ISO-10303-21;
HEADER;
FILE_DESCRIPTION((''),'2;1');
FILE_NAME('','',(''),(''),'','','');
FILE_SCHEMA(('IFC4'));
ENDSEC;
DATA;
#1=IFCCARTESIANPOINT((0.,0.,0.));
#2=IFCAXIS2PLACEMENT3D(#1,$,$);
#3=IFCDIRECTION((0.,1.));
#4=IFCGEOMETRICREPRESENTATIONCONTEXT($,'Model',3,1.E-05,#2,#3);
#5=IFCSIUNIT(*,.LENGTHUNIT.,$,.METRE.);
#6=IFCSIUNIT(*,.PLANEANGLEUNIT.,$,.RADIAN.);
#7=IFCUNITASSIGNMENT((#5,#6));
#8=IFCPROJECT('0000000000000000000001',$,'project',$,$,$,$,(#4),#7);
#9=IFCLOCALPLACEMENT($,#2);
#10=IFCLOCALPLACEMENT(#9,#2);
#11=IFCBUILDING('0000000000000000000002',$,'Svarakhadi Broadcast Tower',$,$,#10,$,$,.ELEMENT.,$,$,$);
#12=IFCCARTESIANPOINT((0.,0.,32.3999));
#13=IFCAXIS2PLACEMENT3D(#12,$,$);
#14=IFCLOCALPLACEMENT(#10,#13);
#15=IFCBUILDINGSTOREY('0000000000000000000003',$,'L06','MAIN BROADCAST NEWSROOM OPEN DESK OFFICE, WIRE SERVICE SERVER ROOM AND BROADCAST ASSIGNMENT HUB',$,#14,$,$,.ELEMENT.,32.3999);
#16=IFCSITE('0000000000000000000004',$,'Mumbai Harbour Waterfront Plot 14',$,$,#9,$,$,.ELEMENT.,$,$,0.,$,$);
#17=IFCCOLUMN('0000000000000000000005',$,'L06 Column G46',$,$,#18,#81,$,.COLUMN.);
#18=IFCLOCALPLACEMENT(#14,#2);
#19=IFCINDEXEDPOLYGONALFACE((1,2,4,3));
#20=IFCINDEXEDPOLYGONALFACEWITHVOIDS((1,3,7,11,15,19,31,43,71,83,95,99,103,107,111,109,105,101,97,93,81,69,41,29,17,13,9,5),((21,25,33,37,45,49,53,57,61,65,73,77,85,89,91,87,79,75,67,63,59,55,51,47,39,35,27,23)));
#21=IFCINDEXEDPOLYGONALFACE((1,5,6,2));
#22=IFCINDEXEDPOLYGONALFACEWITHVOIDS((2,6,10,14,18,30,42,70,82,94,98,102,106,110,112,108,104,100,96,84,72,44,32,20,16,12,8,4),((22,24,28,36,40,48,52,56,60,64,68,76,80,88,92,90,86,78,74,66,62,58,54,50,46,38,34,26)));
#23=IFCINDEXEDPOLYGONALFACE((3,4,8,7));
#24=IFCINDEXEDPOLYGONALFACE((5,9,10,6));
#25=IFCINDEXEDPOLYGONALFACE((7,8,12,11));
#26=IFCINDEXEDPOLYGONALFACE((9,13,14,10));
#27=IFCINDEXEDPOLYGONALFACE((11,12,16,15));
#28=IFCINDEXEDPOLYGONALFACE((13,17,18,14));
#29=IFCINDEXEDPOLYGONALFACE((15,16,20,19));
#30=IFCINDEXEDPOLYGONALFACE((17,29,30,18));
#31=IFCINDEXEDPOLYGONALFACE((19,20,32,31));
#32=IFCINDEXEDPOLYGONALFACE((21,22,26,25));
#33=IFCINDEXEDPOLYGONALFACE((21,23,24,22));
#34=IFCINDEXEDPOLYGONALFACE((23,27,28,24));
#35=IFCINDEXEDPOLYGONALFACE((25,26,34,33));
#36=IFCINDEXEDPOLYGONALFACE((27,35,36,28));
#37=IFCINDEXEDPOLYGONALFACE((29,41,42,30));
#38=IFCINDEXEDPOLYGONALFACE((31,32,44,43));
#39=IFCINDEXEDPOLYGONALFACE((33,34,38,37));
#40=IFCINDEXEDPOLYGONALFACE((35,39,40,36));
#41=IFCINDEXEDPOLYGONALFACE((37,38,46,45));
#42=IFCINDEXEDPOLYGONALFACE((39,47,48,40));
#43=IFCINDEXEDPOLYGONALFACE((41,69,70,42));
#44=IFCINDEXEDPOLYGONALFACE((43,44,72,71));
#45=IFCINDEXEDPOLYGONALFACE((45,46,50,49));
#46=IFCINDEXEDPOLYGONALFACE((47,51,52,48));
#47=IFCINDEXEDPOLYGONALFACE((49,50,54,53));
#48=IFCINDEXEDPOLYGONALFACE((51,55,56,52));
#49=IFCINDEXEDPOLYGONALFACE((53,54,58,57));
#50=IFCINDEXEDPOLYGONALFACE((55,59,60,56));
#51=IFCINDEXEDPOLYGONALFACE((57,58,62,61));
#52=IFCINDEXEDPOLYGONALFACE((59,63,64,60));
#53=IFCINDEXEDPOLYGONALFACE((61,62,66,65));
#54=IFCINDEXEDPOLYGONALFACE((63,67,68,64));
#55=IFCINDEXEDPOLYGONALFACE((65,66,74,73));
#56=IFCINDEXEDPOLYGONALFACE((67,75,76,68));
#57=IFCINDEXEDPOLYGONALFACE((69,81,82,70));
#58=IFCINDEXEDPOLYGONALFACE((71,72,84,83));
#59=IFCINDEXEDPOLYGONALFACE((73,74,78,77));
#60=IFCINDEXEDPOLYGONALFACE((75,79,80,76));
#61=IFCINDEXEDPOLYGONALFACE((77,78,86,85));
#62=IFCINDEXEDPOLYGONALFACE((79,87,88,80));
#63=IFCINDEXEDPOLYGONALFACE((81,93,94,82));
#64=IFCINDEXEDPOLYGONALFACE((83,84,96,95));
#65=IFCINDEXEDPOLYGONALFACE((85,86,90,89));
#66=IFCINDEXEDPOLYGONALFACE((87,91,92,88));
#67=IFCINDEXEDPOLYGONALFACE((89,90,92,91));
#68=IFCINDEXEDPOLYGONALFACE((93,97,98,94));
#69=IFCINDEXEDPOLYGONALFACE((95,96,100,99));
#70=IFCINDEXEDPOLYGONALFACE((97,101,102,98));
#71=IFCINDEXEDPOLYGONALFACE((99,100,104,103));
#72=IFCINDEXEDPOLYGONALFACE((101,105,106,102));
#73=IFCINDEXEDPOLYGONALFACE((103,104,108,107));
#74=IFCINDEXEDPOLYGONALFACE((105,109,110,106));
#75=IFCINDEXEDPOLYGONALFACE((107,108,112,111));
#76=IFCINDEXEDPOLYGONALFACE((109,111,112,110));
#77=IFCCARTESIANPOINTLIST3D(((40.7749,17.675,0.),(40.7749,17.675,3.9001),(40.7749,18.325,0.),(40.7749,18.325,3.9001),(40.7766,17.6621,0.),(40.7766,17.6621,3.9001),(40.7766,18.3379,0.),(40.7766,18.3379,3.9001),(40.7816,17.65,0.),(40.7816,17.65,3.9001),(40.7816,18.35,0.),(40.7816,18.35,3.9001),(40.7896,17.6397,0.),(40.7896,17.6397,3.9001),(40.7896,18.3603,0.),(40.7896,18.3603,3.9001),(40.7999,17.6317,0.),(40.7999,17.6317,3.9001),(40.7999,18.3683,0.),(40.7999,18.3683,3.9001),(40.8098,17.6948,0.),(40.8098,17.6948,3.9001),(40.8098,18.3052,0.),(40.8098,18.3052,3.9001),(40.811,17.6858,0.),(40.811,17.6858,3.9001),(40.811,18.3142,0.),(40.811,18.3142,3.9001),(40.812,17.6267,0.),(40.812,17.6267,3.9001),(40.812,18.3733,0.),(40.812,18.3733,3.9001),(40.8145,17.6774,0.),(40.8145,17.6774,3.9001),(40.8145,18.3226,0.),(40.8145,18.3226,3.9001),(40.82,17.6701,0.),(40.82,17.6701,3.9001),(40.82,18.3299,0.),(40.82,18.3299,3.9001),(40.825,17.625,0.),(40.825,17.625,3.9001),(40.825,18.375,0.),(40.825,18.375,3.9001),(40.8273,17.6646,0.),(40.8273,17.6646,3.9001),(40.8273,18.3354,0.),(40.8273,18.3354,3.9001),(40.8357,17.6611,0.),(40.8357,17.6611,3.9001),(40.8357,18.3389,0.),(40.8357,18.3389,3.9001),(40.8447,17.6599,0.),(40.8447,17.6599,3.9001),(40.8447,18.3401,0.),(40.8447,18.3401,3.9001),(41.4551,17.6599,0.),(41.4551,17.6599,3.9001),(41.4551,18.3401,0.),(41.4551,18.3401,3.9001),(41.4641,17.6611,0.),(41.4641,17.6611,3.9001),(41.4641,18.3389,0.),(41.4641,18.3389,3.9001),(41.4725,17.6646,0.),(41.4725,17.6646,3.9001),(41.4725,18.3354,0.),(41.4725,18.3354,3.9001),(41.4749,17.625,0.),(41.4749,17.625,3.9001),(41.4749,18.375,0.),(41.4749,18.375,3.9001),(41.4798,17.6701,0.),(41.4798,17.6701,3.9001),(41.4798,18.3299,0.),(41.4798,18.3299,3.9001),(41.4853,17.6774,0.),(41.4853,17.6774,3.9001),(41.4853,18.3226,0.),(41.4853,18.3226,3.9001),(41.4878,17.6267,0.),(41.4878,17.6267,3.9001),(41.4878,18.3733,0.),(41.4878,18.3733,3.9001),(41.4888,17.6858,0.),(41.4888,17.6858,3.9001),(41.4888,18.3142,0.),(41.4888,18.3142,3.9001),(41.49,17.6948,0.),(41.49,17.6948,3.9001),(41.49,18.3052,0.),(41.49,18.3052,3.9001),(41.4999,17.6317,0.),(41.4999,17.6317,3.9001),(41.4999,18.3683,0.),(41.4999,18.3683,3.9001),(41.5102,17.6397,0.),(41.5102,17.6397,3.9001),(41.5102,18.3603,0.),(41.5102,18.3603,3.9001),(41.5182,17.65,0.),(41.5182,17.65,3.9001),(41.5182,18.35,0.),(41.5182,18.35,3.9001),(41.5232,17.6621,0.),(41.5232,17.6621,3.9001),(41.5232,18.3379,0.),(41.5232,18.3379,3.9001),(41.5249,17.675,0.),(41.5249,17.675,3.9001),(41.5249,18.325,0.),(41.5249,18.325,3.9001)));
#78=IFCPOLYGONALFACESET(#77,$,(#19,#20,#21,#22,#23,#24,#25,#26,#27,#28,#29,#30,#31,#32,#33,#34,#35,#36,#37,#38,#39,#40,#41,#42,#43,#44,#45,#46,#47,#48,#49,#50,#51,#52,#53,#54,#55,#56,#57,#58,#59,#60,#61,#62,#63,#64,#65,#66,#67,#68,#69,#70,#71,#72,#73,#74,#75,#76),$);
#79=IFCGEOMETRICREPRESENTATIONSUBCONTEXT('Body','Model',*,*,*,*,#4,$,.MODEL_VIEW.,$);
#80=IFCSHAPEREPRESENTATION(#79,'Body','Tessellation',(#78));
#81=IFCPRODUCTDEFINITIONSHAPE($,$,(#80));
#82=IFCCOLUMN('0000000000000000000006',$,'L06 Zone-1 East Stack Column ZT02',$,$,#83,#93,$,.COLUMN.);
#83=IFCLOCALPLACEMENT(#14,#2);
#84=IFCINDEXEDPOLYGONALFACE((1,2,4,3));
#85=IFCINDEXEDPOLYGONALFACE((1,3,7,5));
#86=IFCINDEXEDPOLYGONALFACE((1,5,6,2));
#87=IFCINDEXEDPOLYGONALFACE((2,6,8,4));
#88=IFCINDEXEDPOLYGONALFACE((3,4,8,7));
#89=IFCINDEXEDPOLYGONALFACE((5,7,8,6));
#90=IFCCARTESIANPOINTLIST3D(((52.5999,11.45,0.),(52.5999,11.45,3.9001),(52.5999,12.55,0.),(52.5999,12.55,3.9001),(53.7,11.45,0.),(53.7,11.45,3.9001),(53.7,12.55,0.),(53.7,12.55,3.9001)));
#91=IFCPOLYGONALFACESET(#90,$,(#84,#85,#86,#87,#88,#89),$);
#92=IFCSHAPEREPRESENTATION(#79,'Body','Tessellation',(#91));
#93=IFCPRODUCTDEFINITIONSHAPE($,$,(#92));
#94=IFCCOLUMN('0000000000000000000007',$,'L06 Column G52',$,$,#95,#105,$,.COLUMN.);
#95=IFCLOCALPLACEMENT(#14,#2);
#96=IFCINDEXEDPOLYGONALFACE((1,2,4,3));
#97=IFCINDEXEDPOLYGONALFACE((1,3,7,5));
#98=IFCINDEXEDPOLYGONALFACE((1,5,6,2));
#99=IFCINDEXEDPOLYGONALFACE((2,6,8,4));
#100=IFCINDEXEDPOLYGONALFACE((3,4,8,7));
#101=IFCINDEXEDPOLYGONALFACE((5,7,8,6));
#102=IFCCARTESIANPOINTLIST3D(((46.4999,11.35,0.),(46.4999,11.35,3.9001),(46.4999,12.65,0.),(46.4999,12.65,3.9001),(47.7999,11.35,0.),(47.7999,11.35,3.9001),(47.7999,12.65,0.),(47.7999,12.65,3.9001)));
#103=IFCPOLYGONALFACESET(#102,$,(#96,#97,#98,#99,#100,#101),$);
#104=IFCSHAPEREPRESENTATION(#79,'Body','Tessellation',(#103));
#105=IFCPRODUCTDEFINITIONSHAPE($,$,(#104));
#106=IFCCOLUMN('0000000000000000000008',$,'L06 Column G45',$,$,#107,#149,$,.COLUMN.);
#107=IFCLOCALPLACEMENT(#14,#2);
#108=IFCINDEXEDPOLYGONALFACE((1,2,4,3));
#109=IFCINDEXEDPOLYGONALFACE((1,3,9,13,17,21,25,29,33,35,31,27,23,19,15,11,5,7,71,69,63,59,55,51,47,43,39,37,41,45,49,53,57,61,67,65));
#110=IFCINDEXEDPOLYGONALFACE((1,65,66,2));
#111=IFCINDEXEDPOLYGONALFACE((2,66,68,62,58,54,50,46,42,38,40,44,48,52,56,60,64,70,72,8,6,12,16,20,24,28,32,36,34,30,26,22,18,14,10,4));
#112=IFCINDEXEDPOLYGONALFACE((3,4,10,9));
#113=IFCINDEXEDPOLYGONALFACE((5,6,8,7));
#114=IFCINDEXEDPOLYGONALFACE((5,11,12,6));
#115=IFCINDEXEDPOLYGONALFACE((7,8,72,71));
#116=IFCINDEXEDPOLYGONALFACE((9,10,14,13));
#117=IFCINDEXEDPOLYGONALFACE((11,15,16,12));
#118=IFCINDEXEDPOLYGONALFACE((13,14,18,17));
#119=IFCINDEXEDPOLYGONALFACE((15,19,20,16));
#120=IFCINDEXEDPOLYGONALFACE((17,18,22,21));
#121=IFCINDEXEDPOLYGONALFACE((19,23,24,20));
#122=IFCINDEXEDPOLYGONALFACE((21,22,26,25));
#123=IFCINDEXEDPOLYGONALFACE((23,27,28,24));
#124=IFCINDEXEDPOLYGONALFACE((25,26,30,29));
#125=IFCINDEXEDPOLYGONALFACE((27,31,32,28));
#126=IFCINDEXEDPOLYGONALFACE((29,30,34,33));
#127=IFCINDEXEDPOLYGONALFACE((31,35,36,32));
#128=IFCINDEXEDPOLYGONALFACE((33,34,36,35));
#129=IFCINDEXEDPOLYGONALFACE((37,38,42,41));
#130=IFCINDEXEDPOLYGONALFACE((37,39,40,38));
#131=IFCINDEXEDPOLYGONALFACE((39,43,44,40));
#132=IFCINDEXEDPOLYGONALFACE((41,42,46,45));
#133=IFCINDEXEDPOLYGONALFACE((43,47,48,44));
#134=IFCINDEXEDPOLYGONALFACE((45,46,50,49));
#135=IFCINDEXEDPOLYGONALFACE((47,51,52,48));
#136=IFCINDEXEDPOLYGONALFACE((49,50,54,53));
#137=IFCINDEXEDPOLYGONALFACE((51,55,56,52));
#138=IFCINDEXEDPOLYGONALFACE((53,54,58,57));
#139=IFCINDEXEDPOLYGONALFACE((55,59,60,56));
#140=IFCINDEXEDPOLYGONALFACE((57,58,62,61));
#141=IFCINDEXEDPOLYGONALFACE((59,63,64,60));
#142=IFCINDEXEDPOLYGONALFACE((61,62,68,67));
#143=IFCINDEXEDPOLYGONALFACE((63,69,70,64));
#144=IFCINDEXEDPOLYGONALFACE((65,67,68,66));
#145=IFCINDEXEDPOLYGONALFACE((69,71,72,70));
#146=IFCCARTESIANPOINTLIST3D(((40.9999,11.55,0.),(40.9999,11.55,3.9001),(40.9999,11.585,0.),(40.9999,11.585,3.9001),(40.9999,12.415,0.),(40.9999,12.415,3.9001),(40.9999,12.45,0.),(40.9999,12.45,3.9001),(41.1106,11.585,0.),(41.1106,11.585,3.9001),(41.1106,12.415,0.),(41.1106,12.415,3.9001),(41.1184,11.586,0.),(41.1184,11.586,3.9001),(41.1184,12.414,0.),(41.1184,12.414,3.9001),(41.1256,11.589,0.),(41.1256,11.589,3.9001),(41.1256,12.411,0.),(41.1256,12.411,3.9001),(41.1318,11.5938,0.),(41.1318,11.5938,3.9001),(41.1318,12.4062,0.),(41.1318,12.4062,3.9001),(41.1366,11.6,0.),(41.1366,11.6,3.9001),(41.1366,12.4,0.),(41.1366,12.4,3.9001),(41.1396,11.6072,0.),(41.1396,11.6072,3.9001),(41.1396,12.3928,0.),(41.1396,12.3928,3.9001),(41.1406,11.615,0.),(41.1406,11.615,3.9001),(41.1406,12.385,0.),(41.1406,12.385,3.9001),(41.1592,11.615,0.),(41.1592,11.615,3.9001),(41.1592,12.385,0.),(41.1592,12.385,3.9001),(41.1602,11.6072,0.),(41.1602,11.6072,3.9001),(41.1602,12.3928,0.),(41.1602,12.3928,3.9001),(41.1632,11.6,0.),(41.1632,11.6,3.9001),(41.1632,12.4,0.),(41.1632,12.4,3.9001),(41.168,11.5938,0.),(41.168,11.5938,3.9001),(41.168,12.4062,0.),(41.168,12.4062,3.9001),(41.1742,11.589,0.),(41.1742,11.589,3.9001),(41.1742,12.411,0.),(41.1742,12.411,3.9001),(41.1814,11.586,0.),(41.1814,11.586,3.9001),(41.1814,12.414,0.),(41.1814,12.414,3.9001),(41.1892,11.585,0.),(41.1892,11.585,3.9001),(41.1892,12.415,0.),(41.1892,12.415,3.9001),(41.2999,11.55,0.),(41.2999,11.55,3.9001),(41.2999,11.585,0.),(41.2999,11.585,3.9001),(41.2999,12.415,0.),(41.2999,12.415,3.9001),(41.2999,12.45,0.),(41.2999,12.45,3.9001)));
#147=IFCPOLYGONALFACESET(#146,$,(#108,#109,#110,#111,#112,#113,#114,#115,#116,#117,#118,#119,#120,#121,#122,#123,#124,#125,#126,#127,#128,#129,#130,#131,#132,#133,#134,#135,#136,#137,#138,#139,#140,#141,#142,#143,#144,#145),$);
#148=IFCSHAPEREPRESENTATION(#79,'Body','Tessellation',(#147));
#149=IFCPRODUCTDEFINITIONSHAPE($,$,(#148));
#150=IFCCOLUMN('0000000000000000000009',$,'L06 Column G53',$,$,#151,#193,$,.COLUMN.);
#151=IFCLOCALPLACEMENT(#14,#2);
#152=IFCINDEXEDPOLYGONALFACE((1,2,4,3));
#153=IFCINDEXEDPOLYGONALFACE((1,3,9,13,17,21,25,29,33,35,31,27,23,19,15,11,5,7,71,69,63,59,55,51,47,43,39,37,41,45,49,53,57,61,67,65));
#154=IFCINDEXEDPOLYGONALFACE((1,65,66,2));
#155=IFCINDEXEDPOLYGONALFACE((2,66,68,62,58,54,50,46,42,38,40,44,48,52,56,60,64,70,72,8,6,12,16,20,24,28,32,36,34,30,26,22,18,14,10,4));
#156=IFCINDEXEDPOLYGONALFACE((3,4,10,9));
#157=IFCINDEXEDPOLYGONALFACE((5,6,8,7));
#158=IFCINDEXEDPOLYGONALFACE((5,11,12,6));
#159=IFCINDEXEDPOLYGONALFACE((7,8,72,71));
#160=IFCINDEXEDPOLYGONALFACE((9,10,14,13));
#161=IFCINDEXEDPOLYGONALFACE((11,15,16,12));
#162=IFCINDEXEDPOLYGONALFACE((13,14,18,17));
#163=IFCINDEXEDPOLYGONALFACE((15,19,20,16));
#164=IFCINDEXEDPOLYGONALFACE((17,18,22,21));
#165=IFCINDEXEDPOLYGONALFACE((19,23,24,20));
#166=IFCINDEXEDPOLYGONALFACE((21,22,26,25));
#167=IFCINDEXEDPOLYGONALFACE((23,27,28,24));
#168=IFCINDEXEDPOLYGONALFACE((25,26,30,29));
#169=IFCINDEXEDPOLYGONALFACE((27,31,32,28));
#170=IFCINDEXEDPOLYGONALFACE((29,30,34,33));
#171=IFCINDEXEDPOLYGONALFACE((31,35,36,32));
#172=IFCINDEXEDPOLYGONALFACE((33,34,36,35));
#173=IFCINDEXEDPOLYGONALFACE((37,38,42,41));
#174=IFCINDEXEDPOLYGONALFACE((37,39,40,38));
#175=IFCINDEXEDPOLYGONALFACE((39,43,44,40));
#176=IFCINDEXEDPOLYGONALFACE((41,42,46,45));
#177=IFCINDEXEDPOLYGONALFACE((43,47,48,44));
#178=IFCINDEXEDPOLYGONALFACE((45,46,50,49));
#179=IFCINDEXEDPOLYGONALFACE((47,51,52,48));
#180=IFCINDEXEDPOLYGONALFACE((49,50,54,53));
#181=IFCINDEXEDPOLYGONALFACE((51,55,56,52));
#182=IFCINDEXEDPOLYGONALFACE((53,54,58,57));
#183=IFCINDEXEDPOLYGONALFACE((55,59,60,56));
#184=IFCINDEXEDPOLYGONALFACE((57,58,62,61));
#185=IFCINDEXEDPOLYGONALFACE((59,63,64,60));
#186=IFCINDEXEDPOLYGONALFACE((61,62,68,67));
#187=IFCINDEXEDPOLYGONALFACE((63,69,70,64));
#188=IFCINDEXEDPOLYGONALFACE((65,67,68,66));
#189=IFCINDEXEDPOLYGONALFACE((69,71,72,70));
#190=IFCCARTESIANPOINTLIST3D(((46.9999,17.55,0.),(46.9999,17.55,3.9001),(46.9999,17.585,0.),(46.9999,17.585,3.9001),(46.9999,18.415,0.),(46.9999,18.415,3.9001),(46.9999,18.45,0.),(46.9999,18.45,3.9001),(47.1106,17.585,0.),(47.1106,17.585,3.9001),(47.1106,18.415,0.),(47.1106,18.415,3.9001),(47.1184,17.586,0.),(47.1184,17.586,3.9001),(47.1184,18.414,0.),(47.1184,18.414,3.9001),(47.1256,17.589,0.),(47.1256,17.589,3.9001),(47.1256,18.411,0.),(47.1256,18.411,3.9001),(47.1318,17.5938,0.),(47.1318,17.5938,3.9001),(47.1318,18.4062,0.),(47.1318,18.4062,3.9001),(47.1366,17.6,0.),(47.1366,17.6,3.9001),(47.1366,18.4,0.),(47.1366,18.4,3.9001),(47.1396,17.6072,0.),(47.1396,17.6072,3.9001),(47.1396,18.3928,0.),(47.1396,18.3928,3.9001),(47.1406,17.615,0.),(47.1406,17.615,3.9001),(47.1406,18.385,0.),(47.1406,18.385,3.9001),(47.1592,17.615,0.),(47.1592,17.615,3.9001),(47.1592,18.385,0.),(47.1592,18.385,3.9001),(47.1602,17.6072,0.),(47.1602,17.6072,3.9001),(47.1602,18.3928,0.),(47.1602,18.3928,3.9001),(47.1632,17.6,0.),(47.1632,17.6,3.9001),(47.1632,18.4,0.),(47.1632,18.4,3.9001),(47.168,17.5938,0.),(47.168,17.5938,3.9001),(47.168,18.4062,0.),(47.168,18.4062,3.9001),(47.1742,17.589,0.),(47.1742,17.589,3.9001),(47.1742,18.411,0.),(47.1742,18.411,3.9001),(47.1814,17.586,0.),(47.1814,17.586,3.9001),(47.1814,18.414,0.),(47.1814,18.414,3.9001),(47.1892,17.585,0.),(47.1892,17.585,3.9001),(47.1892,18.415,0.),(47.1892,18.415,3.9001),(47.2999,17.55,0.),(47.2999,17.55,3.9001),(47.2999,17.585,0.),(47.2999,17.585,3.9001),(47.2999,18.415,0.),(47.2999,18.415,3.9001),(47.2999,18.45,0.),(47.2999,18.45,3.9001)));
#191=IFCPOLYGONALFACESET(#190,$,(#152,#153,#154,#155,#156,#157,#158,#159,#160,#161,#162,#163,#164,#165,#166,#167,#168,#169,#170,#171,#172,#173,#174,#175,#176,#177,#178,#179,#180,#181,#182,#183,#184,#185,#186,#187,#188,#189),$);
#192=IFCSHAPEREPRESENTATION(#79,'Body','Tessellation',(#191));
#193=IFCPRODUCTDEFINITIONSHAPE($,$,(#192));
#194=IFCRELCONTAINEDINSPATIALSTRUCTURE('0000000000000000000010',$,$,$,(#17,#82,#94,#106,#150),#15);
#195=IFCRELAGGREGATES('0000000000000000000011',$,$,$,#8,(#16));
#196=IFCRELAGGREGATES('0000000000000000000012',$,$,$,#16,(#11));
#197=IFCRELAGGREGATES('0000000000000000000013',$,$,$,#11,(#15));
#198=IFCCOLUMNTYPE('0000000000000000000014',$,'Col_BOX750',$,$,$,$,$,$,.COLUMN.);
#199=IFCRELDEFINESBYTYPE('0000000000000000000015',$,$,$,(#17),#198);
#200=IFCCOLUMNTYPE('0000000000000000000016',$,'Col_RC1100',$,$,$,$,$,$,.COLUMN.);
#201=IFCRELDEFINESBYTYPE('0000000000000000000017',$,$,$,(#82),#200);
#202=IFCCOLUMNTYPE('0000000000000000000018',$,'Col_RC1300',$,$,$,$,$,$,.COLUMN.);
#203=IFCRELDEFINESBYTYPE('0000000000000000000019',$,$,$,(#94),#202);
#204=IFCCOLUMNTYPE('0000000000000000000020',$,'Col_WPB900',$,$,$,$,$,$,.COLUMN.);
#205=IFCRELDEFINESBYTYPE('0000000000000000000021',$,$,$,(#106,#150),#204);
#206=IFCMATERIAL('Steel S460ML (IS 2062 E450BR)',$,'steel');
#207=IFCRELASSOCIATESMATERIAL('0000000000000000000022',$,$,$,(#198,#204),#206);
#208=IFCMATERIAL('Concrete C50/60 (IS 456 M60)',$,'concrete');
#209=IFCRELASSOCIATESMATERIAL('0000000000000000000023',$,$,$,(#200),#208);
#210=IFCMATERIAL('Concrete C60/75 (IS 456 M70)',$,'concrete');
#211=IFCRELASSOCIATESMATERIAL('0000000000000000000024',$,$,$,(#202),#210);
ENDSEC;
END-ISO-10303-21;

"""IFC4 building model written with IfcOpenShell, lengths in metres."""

from ifc_helpers import new_model, si_unit, direction, frame, origin, origin_2d, place, context, subcontext, project, spatial, rectangle, hollow_rectangle, i_section, extrude, material, material_profile, profile_set, type_object, element, save


model = new_model("IFC4")

# Units and contexts
model_context = context("Model", 3, precision=1e-05, world=origin(), true_north=direction((0.0, 1.0)))
body_context = subcontext(model_context, "Body", "Model", "MODEL_VIEW")
ifc_project = project(units=[si_unit("LENGTHUNIT", "METRE"), si_unit("PLANEANGLEUNIT", "RADIAN")], contexts=[model_context])

# Site, building, storey
site_placement = place(None, origin())
site = spatial("IfcSite", under=ifc_project, at=site_placement, Name="Mumbai Harbour Waterfront Plot 14", CompositionType="ELEMENT", RefElevation=0.0)
building_placement = place(site_placement, origin())
building = spatial("IfcBuilding", under=site, at=building_placement, Name="Svarakhadi Broadcast Tower", CompositionType="ELEMENT")
storey_placement = place(building_placement, frame((0.0, 0.0, 32.3999)))
storey = spatial("IfcBuildingStorey", under=building, at=storey_placement, Name="L06", Description="MAIN BROADCAST NEWSROOM OPEN DESK OFFICE, WIRE SERVICE SERVER ROOM AND BROADCAST ASSIGNMENT HUB", CompositionType="ELEMENT", Elevation=32.3999)

# Columns
ifc_material_1 = material(Name="Steel S460ML (IS 2062 E450BR)", Category="steel")
ifc_material_profile_1 = material_profile(ifc_material_1, hollow_rectangle(XDim=0.75, YDim=0.75, WallThickness=0.0349, InnerFilletRadius=0.0349, OuterFilletRadius=0.05, at=origin_2d()), Name="BOX 750x750x35")
ifc_profile_set_1 = profile_set([ifc_material_profile_1], Name="Steel S460ML (IS 2062 E450BR)")
column_type_1 = type_object("IfcColumnType", Name="Col_BOX750", PredefinedType="COLUMN", material=ifc_profile_set_1)
column_1_placement = place(storey_placement, frame((41.1499, 18.0, 0.0), z_axis=(0.0, 0.0, 1.0), x_axis=(1.0, 0.0, 0.0)))
element("IfcColumn", 1, at=column_1_placement, inside=storey, type_object=column_type_1, Name="L06 Column G46", PredefinedType="COLUMN", context=body_context, shape_type="SweptSolid", body=[
    extrude(hollow_rectangle(XDim=0.75, YDim=0.75, WallThickness=0.0349, InnerFilletRadius=0.0349, OuterFilletRadius=0.05, at=origin_2d()), origin(), (0.0, 0.0, 1.0), 3.9001),
])
ifc_material_2 = material(Name="Concrete C50/60 (IS 456 M60)", Category="concrete")
ifc_material_profile_2 = material_profile(ifc_material_2, rectangle(XDim=1.1001, YDim=1.1001, at=origin_2d()), Name="RC 1100x1100")
ifc_profile_set_2 = profile_set([ifc_material_profile_2], Name="Concrete C50/60 (IS 456 M60)")
column_type_2 = type_object("IfcColumnType", Name="Col_RC1100", PredefinedType="COLUMN", material=ifc_profile_set_2)
column_2_placement = place(storey_placement, frame((53.1499, 12.0, 0.0), z_axis=(0.0, 0.0, 1.0), x_axis=(1.0, 0.0, 0.0)))
element("IfcColumn", 2, at=column_2_placement, inside=storey, type_object=column_type_2, Name="L06 Zone-1 East Stack Column ZT02", PredefinedType="COLUMN", context=body_context, shape_type="SweptSolid", body=[
    extrude(rectangle(XDim=1.1001, YDim=1.1001, at=origin_2d()), origin(), (0.0, 0.0, 1.0), 3.9001),
])
ifc_material_3 = material(Name="Concrete C60/75 (IS 456 M70)", Category="concrete")
ifc_material_profile_3 = material_profile(ifc_material_3, rectangle(XDim=1.3, YDim=1.3, at=origin_2d()), Name="RC 1300x1300")
ifc_profile_set_3 = profile_set([ifc_material_profile_3], Name="Concrete C60/75 (IS 456 M70)")
column_type_3 = type_object("IfcColumnType", Name="Col_RC1300", PredefinedType="COLUMN", material=ifc_profile_set_3)
column_3_placement = place(storey_placement, frame((47.1499, 12.0, 0.0), z_axis=(0.0, 0.0, 1.0), x_axis=(1.0, 0.0, 0.0)))
element("IfcColumn", 3, at=column_3_placement, inside=storey, type_object=column_type_3, Name="L06 Column G52", PredefinedType="COLUMN", context=body_context, shape_type="SweptSolid", body=[
    extrude(rectangle(XDim=1.3, YDim=1.3, at=origin_2d()), origin(), (0.0, 0.0, 1.0), 3.9001),
])
ifc_material_profile_4 = material_profile(ifc_material_1, i_section(OverallWidth=0.3, OverallDepth=0.8999, WebThickness=0.0186, FlangeThickness=0.0349, FilletRadius=0.03, at=origin_2d()), Name="WPB 900x300x291")
ifc_profile_set_4 = profile_set([ifc_material_profile_4], Name="Steel S460ML (IS 2062 E450BR)")
column_type_4 = type_object("IfcColumnType", Name="Col_WPB900", PredefinedType="COLUMN", material=ifc_profile_set_4)
for number, where, z_axis, x_axis, name in (
    (4, (41.1499, 12.0, 0.0), (0.0, 0.0, 1.0), (1.0, 0.0, 0.0), "L06 Column G45"),
    (5, (47.1499, 18.0, 0.0), (0.0, 0.0, 1.0), (1.0, 0.0, 0.0), "L06 Column G53"),
):
    element("IfcColumn", number, at=place(storey_placement, frame(where, z_axis=z_axis, x_axis=x_axis)), inside=storey, type_object=column_type_4, Name=name, PredefinedType="COLUMN", context=body_context, shape_type="SweptSolid", body=[
        extrude(i_section(OverallWidth=0.3, OverallDepth=0.8999, WebThickness=0.0186, FlangeThickness=0.0349, FilletRadius=0.03, at=origin_2d()), origin(), (0.0, 0.0, 1.0), 3.9001),
    ])

save(model, "model.ifc")
